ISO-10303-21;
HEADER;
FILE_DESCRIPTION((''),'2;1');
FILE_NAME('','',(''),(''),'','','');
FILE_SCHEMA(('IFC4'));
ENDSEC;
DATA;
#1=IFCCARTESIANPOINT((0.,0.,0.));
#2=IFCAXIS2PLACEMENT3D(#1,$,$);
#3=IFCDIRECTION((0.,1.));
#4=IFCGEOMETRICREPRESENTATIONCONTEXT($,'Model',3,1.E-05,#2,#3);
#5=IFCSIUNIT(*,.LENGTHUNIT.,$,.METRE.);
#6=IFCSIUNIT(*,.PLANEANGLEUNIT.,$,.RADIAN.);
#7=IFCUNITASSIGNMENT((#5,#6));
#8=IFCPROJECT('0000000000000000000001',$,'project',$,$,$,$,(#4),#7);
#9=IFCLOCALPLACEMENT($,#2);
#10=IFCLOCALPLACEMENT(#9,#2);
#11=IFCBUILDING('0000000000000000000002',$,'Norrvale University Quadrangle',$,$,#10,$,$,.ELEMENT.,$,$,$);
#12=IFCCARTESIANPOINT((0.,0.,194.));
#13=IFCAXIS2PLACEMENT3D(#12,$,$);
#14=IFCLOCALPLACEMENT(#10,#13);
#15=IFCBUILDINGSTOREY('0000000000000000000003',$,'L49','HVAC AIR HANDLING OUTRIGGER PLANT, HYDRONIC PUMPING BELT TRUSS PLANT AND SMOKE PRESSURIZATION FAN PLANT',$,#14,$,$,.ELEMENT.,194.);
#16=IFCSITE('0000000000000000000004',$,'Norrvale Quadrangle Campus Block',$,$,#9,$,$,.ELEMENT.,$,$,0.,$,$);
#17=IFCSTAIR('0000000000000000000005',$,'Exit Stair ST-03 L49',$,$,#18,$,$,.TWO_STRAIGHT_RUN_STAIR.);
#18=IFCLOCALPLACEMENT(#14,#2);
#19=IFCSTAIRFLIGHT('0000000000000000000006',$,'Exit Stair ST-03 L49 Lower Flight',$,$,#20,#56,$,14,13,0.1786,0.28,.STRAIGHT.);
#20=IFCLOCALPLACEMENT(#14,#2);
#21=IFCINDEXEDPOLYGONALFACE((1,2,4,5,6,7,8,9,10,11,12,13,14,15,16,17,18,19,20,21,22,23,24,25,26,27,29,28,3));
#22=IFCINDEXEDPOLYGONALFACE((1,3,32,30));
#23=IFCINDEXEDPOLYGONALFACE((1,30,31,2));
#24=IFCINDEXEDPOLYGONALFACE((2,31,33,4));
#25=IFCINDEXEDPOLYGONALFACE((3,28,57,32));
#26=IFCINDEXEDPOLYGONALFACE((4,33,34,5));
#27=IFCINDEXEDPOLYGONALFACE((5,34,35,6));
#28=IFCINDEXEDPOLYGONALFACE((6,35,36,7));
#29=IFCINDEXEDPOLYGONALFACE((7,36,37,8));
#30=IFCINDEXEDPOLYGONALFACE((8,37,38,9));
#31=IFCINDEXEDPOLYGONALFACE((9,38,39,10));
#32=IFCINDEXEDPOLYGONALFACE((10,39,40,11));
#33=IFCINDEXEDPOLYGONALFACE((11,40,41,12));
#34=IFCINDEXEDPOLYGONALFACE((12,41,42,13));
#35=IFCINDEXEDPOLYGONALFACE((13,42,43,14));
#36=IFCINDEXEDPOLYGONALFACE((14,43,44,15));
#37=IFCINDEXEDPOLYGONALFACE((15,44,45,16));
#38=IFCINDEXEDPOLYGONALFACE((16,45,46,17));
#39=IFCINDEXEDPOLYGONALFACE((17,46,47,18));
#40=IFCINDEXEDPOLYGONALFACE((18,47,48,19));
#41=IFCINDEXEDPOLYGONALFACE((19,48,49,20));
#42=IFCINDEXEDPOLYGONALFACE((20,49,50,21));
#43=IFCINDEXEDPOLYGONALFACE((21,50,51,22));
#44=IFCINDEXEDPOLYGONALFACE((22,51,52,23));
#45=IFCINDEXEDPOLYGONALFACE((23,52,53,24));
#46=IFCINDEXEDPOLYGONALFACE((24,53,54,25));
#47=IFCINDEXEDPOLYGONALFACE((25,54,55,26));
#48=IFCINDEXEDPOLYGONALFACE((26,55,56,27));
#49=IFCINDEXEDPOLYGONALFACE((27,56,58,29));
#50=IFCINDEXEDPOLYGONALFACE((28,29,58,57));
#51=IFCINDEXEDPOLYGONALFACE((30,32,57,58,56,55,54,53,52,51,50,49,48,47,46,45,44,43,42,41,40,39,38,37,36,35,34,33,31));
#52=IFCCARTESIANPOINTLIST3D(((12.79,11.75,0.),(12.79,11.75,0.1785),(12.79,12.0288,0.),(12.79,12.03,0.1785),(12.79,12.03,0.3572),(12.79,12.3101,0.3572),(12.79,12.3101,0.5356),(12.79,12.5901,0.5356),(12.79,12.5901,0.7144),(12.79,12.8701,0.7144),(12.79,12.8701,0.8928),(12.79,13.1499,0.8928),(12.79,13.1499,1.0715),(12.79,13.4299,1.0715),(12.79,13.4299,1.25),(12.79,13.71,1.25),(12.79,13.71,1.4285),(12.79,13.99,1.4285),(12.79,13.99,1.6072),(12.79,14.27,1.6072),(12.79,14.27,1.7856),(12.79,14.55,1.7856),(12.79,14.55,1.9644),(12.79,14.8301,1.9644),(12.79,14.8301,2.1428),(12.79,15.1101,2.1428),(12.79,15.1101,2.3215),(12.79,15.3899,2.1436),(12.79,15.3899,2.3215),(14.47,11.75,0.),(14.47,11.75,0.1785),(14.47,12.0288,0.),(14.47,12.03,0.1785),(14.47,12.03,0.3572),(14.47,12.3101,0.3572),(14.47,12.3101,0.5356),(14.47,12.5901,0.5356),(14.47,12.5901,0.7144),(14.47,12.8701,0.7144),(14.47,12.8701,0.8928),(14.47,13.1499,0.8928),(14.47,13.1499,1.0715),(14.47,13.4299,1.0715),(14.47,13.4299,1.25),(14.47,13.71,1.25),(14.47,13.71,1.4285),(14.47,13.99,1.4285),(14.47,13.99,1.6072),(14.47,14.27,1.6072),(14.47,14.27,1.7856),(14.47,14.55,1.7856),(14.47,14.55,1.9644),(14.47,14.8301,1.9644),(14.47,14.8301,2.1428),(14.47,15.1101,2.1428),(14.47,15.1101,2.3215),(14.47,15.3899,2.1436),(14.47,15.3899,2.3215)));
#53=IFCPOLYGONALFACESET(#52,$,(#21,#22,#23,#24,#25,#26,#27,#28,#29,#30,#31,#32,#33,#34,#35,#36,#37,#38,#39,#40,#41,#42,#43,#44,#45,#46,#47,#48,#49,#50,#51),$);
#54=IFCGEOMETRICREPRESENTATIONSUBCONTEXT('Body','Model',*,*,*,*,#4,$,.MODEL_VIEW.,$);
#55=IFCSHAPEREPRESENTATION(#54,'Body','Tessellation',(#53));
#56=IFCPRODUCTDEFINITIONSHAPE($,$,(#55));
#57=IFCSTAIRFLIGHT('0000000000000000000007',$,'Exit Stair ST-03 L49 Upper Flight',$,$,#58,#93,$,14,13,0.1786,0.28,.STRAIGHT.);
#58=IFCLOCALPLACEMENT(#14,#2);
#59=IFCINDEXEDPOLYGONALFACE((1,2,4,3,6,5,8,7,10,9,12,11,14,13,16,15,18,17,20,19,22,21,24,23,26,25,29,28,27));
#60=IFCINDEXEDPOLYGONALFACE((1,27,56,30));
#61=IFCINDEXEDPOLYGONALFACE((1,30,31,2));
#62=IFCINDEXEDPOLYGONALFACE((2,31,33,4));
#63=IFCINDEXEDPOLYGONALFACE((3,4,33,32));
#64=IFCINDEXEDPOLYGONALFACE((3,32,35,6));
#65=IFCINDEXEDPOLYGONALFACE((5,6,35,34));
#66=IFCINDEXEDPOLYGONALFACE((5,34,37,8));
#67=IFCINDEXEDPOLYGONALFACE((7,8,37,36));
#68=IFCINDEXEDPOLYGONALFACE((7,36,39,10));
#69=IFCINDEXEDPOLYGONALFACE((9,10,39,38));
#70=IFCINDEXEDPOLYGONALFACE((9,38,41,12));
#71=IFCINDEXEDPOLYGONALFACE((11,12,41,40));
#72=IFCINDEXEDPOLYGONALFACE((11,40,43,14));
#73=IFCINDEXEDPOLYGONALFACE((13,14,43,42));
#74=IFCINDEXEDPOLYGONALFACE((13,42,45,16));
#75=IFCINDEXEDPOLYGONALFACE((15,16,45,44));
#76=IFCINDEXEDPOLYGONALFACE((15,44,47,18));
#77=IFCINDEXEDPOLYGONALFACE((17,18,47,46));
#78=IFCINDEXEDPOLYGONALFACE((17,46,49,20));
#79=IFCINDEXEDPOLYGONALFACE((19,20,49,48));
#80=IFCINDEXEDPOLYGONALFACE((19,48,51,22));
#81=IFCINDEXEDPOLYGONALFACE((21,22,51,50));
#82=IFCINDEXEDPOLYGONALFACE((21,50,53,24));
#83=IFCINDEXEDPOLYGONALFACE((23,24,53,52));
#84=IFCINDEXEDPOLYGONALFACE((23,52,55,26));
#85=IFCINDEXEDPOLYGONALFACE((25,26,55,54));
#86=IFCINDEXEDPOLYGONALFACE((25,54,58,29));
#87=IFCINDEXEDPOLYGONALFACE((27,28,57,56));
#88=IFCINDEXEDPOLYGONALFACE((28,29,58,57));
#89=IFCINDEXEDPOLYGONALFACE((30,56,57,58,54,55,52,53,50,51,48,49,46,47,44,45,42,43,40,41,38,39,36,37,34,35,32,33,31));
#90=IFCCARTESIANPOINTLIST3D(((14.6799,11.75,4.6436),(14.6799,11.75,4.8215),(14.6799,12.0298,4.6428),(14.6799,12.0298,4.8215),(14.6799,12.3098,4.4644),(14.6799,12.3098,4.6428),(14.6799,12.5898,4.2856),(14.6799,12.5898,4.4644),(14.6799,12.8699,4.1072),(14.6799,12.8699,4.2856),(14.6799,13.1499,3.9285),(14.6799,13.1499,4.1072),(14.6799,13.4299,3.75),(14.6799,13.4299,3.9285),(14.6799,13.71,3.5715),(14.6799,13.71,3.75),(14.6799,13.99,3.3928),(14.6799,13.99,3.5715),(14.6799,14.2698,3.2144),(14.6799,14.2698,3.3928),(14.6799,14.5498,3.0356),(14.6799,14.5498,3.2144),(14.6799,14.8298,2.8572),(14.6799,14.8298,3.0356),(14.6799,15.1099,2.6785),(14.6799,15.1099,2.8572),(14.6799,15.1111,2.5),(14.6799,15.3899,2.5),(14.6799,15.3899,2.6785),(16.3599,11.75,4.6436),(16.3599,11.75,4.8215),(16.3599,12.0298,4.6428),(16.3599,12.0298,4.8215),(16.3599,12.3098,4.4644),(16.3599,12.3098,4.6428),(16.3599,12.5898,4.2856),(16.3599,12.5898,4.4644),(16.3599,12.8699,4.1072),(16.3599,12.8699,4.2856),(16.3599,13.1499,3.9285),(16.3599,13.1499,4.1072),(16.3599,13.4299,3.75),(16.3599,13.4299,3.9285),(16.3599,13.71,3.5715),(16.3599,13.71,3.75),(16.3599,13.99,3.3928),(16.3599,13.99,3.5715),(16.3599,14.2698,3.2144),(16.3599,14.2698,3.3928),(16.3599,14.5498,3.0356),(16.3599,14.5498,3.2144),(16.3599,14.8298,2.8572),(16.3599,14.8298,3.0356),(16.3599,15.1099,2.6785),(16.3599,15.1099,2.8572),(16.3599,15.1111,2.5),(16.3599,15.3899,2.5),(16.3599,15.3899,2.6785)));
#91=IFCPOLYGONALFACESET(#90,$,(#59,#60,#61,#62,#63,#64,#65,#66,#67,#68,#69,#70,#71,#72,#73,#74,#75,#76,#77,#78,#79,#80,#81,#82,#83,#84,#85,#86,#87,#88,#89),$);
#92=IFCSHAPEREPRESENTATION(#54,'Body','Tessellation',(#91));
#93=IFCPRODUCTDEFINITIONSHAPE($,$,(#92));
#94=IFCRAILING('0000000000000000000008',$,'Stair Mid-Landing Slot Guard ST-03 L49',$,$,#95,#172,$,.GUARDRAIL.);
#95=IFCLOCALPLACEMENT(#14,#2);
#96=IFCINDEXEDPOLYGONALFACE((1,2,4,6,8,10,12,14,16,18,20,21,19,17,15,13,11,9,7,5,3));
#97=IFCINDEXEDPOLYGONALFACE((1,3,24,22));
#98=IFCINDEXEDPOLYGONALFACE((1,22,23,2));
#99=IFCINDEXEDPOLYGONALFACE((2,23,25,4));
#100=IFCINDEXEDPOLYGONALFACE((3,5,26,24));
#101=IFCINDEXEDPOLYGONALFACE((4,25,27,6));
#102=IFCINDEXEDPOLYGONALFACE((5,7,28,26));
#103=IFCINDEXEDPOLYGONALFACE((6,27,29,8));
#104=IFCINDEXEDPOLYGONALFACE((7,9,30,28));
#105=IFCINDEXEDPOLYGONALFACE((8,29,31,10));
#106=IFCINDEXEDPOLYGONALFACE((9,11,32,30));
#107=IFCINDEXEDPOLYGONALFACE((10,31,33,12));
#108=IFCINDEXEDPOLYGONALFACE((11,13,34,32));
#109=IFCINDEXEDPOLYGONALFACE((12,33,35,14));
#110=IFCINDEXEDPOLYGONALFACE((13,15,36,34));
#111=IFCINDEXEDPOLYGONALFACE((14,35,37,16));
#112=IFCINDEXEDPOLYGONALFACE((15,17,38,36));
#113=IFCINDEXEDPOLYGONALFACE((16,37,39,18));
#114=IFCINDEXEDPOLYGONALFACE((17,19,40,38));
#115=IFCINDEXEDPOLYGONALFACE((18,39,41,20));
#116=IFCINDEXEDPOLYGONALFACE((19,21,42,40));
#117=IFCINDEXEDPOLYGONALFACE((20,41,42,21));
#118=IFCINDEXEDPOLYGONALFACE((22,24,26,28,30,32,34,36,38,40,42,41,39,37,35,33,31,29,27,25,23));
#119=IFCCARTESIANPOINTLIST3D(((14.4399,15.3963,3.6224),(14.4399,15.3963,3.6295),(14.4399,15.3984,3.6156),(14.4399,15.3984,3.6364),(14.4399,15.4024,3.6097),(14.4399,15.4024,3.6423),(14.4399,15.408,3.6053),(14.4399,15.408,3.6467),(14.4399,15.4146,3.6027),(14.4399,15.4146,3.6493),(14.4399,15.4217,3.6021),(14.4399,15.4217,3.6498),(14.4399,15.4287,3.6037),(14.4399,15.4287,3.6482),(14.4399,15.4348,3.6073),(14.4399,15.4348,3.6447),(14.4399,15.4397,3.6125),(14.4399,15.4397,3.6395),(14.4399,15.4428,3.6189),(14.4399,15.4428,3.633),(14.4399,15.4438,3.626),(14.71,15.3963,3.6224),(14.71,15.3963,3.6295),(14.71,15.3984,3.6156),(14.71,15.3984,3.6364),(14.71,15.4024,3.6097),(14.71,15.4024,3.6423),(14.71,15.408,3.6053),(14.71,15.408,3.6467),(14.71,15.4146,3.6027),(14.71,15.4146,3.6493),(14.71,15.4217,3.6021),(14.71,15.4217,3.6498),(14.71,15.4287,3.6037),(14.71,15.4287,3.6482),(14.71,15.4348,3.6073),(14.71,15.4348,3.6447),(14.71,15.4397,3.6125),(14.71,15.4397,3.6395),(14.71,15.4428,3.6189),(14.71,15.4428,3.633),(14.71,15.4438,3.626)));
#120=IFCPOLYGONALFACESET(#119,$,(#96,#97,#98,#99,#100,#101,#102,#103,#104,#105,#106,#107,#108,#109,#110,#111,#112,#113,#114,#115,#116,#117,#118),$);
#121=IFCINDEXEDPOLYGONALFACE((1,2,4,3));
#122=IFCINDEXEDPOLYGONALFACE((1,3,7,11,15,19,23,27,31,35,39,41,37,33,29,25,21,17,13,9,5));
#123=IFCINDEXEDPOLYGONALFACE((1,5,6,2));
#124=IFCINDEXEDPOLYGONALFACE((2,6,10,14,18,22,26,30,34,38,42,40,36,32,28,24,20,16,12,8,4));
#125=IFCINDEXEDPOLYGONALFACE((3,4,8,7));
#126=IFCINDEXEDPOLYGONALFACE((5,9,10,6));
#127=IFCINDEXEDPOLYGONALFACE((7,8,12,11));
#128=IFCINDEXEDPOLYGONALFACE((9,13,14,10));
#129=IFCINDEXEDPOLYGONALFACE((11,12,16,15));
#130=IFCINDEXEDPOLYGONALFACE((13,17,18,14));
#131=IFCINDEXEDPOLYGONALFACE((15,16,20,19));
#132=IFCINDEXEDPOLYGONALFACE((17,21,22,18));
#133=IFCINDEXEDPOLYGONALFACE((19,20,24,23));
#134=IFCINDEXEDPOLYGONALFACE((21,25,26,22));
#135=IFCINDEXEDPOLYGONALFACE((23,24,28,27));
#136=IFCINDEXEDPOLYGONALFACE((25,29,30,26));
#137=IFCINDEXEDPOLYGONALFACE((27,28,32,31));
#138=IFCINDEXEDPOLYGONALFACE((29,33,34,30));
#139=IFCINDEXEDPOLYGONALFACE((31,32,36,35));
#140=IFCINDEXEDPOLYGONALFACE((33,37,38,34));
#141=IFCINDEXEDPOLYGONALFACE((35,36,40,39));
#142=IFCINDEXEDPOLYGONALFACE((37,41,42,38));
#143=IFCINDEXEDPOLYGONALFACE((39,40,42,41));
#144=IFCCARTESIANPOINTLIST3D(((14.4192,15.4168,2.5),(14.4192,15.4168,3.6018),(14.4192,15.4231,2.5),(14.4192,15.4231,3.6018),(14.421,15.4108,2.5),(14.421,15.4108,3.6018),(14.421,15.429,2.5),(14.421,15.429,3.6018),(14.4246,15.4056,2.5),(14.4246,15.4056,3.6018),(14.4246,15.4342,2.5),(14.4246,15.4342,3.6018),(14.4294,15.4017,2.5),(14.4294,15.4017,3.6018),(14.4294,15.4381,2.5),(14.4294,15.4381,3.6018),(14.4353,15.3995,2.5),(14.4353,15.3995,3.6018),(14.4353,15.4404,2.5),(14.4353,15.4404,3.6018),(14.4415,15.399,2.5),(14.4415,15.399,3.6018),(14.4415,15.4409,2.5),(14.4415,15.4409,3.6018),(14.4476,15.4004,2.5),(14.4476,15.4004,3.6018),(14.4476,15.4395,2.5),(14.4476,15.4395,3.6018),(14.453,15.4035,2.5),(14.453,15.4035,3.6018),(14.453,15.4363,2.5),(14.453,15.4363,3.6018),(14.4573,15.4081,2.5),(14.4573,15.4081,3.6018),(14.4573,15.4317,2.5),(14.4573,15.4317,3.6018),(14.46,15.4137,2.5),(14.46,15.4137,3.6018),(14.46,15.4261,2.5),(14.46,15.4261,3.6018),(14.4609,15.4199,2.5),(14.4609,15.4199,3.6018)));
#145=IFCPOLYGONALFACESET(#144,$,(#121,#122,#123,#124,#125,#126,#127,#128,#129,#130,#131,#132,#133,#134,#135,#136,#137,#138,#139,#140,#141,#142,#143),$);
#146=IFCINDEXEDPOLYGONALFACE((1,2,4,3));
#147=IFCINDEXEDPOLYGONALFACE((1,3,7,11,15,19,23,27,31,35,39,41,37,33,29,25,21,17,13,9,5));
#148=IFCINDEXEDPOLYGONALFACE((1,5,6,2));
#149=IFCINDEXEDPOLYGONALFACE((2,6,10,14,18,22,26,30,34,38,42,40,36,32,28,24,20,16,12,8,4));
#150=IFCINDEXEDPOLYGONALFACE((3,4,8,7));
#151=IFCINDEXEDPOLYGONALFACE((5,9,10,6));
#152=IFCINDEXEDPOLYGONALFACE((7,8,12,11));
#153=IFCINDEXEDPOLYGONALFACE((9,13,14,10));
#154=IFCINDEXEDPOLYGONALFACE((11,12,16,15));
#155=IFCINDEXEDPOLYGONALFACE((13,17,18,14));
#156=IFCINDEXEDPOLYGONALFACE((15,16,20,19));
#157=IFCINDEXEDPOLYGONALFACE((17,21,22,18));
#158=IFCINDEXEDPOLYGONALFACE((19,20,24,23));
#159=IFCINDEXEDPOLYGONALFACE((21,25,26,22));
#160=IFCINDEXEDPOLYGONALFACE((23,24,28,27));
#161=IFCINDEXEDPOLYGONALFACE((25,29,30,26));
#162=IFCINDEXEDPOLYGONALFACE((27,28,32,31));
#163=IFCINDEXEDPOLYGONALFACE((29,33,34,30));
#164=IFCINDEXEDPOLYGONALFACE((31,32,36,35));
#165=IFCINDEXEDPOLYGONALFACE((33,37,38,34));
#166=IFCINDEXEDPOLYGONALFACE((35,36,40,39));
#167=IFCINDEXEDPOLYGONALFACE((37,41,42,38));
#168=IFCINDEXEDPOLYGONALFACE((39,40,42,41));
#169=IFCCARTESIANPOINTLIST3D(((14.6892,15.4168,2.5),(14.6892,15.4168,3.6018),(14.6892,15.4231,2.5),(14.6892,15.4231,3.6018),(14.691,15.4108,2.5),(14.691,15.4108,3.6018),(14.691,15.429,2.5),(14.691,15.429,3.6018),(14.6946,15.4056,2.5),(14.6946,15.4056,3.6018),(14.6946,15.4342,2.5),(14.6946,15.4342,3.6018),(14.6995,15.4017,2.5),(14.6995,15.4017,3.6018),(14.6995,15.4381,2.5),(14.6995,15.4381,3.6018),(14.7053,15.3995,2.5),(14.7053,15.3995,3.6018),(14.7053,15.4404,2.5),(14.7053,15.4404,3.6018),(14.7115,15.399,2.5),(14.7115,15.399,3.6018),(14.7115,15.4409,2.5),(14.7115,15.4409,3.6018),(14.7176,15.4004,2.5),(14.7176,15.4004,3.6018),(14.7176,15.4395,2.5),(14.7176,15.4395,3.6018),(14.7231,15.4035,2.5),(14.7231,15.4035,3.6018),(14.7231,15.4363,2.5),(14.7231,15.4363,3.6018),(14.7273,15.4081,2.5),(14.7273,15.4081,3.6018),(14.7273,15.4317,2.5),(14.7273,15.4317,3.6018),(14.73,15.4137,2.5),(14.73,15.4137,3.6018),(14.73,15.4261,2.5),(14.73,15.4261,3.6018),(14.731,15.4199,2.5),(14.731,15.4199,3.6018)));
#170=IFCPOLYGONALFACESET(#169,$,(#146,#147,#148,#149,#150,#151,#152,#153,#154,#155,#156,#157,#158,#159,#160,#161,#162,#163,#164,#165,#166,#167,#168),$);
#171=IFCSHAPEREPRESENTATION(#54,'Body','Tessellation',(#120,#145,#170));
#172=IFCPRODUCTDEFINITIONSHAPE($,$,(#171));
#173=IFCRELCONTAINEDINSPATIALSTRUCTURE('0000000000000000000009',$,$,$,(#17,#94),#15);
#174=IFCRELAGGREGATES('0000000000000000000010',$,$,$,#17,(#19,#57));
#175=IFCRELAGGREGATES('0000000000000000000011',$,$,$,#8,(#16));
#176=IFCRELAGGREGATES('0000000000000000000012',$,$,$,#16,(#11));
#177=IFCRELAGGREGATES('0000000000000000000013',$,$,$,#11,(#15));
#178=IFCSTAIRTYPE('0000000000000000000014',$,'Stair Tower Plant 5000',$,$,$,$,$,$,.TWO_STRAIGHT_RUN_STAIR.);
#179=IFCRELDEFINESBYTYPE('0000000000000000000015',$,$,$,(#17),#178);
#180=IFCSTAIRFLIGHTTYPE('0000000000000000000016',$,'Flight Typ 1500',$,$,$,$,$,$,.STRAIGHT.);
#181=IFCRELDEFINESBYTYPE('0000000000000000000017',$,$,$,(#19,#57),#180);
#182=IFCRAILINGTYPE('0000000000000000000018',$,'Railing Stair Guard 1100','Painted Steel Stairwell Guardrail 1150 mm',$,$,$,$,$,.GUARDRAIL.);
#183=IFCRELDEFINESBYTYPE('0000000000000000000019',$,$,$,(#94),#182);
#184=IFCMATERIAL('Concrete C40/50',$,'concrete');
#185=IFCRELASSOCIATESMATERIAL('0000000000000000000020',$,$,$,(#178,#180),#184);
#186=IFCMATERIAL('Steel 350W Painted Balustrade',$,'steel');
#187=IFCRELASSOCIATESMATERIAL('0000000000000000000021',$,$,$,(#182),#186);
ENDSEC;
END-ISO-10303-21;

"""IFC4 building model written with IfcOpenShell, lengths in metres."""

from ifc_helpers import new_model, si_unit, direction, frame, origin, origin_2d, place, context, subcontext, project, spatial, polyline, circle, outline, extrude, material, type_object, element, aggregate, save


model = new_model("IFC4")

# Units and contexts
model_context = context("Model", 3, precision=1e-05, world=origin(), true_north=direction((0.0, 1.0)))
body_context = subcontext(model_context, "Body", "Model", "MODEL_VIEW")
ifc_project = project(units=[si_unit("LENGTHUNIT", "METRE"), si_unit("PLANEANGLEUNIT", "RADIAN")], contexts=[model_context])

# Site, building, storey
site_placement = place(None, origin())
site = spatial("IfcSite", under=ifc_project, at=site_placement, Name="Norrvale Quadrangle Campus Block", CompositionType="ELEMENT", RefElevation=0.0)
building_placement = place(site_placement, origin())
building = spatial("IfcBuilding", under=site, at=building_placement, Name="Norrvale University Quadrangle", CompositionType="ELEMENT")
storey_placement = place(building_placement, frame((0.0, 0.0, 194.0)))
storey = spatial("IfcBuildingStorey", under=building, at=storey_placement, Name="L49", Description="HVAC AIR HANDLING OUTRIGGER PLANT, HYDRONIC PUMPING BELT TRUSS PLANT AND SMOKE PRESSURIZATION FAN PLANT", CompositionType="ELEMENT", Elevation=194.0)

# Stair, stair flights
ifc_material_1 = material(Name="Concrete C40/50", Category="concrete")
stair_type = type_object("IfcStairType", Name="Stair Tower Plant 5000", PredefinedType="TWO_STRAIGHT_RUN_STAIR", material=ifc_material_1)
stair_placement = place(storey_placement, origin())
stair = element("IfcStair", 1, at=stair_placement, inside=storey, type_object=stair_type, Name="Exit Stair ST-03 L49", PredefinedType="TWO_STRAIGHT_RUN_STAIR")
stair_flight_type = type_object("IfcStairFlightType", Name="Flight Typ 1500", PredefinedType="STRAIGHT", material=ifc_material_1)
stair_flight_1_placement = place(storey_placement, frame((13.6299, 11.75, 0.0), z_axis=(0.0, 0.0, 1.0), x_axis=(0.0, 1.0, 0.0)))
stair_flight_1 = element("IfcStairFlight", 2, at=stair_flight_1_placement, type_object=stair_flight_type, Name="Exit Stair ST-03 L49 Lower Flight", NumberOfRisers=14, NumberOfTreads=13, PredefinedType="STRAIGHT", RiserHeight=0.1786, TreadLength=0.28, context=body_context, shape_type="SweptSolid", body=[
    extrude(outline(polyline([(0.0, 0.0), (0.0, 0.1785), (0.28, 0.1785), (0.28, 0.3572), (0.5601, 0.3572), (0.5601, 0.5356), (0.8401, 0.5356), (0.8401, 0.7144), (1.1201, 0.7144), (1.1201, 0.8928), (1.3999, 0.8928), (1.3999, 1.0715), (1.6799, 1.0715), (1.6799, 1.25), (1.96, 1.25), (1.96, 1.4285), (2.24, 1.4285), (2.24, 1.6072), (2.52, 1.6072), (2.52, 1.7856), (2.8, 1.7856), (2.8, 1.9644), (3.0801, 1.9644), (3.0801, 2.1428), (3.3601, 2.1428), (3.3601, 2.3215), (3.6399, 2.3215), (3.6399, 2.5), (3.6399, 2.1436), (0.2788, 0.0), (0.0, 0.0)])), frame((0.0, 0.8398, 0.0), z_axis=(0.0, -1.0, 0.0), x_axis=(1.0, 0.0, 0.0)), (0.0, 0.0, 1.0), 1.6799),
])
stair_flight_2_placement = place(storey_placement, frame((15.52, 15.3899, 2.5), z_axis=(0.0, 0.0, 1.0), x_axis=(0.0, -1.0, 0.0)))
stair_flight_2 = element("IfcStairFlight", 3, at=stair_flight_2_placement, type_object=stair_flight_type, Name="Exit Stair ST-03 L49 Upper Flight", NumberOfRisers=14, NumberOfTreads=13, PredefinedType="STRAIGHT", RiserHeight=0.1786, TreadLength=0.28, context=body_context, shape_type="SweptSolid", body=[
    extrude(outline(polyline([(0.0, 0.0), (0.0, 0.1785), (0.28, 0.1785), (0.28, 0.3572), (0.5601, 0.3572), (0.5601, 0.5356), (0.8401, 0.5356), (0.8401, 0.7144), (1.1201, 0.7144), (1.1201, 0.8928), (1.3999, 0.8928), (1.3999, 1.0715), (1.6799, 1.0715), (1.6799, 1.25), (1.96, 1.25), (1.96, 1.4285), (2.24, 1.4285), (2.24, 1.6072), (2.52, 1.6072), (2.52, 1.7856), (2.8, 1.7856), (2.8, 1.9644), (3.0801, 1.9644), (3.0801, 2.1428), (3.3601, 2.1428), (3.3601, 2.3215), (3.6399, 2.3215), (3.6399, 2.5), (3.6399, 2.1436), (0.2788, 0.0), (0.0, 0.0)])), frame((0.0, 0.8398, 0.0), z_axis=(0.0, -1.0, 0.0), x_axis=(1.0, 0.0, 0.0)), (0.0, 0.0, 1.0), 1.6799),
])
aggregate(stair, [stair_flight_1, stair_flight_2])

# Railing
ifc_material_2 = material(Name="Steel 350W Painted Balustrade", Category="steel")
railing_type_1 = type_object("IfcRailingType", Name="Railing Stair Guard 1100", Description="Painted Steel Stairwell Guardrail 1150 mm", PredefinedType="GUARDRAIL", material=ifc_material_2)
railing_1_placement = place(storey_placement, frame((14.4399, 15.4199, 2.5)))
element("IfcRailing", 4, at=railing_1_placement, inside=storey, type_object=railing_type_1, Name="Stair Mid-Landing Slot Guard ST-03 L49", PredefinedType="GUARDRAIL", context=body_context, shape_type="SweptSolid", body=[
    extrude(circle(Radius=0.0239, at=origin_2d()), frame((0.0, 0.0, 1.126), z_axis=(1.0, 0.0, 0.0), x_axis=(0.0, 1.0, 0.0)), (0.0, 0.0, 1.0), 0.27),
    extrude(circle(Radius=0.021, at=origin_2d()), origin(), (0.0, 0.0, 1.0), 1.1018),
    extrude(circle(Radius=0.021, at=origin_2d()), frame((0.27, 0.0, 0.0)), (0.0, 0.0, 1.0), 1.1018),
])

save(model, "model.ifc")
